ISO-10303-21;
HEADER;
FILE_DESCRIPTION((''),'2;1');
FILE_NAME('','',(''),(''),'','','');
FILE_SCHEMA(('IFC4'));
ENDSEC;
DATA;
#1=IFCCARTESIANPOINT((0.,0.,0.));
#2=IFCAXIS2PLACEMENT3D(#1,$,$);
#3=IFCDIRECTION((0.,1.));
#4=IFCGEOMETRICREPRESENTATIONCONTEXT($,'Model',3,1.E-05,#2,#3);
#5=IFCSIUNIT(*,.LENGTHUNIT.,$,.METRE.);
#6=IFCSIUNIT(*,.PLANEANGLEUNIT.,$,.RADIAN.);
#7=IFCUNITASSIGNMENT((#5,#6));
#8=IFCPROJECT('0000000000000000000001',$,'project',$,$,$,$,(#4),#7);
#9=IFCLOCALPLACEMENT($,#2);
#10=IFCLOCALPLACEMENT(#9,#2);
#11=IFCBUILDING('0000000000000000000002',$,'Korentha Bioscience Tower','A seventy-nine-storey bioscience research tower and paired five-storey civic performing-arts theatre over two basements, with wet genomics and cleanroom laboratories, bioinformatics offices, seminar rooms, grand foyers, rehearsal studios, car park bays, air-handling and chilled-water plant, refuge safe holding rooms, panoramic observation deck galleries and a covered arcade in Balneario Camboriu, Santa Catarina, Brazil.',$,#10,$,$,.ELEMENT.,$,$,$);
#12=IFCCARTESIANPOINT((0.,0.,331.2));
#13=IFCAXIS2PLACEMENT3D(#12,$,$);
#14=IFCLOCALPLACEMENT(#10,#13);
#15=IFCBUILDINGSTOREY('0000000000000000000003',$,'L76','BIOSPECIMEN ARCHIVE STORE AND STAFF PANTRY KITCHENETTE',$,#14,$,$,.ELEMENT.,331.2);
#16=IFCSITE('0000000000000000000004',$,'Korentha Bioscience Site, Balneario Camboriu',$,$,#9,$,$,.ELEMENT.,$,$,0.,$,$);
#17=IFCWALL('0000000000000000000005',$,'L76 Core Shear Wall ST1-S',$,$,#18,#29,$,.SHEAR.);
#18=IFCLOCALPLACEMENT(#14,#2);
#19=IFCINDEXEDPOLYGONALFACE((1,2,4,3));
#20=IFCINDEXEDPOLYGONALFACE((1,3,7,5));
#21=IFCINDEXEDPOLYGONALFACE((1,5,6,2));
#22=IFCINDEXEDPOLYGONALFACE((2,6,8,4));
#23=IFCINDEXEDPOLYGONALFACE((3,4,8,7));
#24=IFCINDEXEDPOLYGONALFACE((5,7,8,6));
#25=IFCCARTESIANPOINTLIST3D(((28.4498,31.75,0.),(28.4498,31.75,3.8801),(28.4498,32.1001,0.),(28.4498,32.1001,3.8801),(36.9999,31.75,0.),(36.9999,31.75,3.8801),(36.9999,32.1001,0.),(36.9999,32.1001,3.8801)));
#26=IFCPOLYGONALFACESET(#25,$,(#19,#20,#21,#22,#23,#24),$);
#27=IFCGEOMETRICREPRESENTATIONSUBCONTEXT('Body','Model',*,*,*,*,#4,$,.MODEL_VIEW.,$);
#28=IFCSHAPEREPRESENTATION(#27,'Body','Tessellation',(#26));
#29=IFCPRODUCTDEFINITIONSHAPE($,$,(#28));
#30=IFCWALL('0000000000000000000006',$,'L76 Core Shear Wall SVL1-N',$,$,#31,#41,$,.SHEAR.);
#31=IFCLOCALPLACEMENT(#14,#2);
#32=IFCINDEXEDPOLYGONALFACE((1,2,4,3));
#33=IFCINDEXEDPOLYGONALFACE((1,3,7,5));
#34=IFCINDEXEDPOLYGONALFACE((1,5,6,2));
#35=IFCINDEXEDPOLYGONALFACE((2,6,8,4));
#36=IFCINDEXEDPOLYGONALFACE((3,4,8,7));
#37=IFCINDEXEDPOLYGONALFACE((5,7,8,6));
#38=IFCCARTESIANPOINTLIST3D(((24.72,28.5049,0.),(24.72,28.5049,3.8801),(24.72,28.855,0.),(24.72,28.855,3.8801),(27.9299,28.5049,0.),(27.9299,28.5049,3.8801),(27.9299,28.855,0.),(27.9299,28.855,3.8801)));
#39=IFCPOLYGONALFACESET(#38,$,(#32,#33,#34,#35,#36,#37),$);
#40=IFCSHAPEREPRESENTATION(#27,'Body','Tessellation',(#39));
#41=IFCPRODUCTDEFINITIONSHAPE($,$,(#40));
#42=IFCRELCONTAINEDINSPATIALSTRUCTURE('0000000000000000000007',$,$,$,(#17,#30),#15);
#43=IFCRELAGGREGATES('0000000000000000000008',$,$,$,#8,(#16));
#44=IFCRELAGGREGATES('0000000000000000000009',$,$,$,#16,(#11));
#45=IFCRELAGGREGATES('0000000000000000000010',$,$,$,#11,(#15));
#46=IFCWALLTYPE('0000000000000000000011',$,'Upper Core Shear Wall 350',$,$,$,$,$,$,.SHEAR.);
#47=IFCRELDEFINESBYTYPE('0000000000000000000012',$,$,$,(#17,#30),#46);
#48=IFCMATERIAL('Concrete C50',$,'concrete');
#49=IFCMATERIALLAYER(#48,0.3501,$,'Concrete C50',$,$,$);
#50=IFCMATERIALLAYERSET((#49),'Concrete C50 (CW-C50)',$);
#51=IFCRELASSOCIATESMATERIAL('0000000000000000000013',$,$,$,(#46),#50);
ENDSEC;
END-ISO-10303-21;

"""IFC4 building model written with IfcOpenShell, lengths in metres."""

from ifc_helpers import new_model, si_unit, direction, frame, frame_2d, origin, place, context, subcontext, project, spatial, rectangle, extrude, material, layer, layer_set, type_object, element, save


model = new_model("IFC4")

# Units and contexts
model_context = context("Model", 3, precision=1e-05, world=origin(), true_north=direction((0.0, 1.0)))
body_context = subcontext(model_context, "Body", "Model", "MODEL_VIEW")
ifc_project = project(units=[si_unit("LENGTHUNIT", "METRE"), si_unit("PLANEANGLEUNIT", "RADIAN")], contexts=[model_context])

# Site, building, storey
site_placement = place(None, origin())
site = spatial("IfcSite", under=ifc_project, at=site_placement, Name="Korentha Bioscience Site, Balneario Camboriu", CompositionType="ELEMENT", RefElevation=0.0)
building_placement = place(site_placement, origin())
building = spatial("IfcBuilding", under=site, at=building_placement, Name="Korentha Bioscience Tower", Description="A seventy-nine-storey bioscience research tower and paired five-storey civic performing-arts theatre over two basements, with wet genomics and cleanroom laboratories, bioinformatics offices, seminar rooms, grand foyers, rehearsal studios, car park bays, air-handling and chilled-water plant, refuge safe holding rooms, panoramic observation deck galleries and a covered arcade in Balneario Camboriu, Santa Catarina, Brazil.", CompositionType="ELEMENT")
storey_placement = place(building_placement, frame((0.0, 0.0, 331.2)))
storey = spatial("IfcBuildingStorey", under=building, at=storey_placement, Name="L76", Description="BIOSPECIMEN ARCHIVE STORE AND STAFF PANTRY KITCHENETTE", CompositionType="ELEMENT", Elevation=331.2)

# Wall
ifc_material_1 = material(Name="Concrete C50", Category="concrete")
ifc_layer_1 = layer(ifc_material_1, 0.3501, Name="Concrete C50")
ifc_layer_set_1 = layer_set([ifc_layer_1], Name="Concrete C50 (CW-C50)")
wall_type_1 = type_object("IfcWallType", Name="Upper Core Shear Wall 350", PredefinedType="SHEAR", material=ifc_layer_set_1)
wall_1_placement = place(storey_placement, frame((28.45, 31.925, 0.0), z_axis=(0.0, 0.0, 1.0), x_axis=(1.0, 0.0, 0.0)))
element("IfcWall", 1, at=wall_1_placement, inside=storey, type_object=wall_type_1, Name="L76 Core Shear Wall ST1-S", PredefinedType="SHEAR", context=body_context, shape_type="SweptSolid", body=[
    extrude(rectangle(XDim=8.55, YDim=0.3501, at=frame_2d((4.2749, 0.0))), origin(), (0.0, 0.0, 1.0), 3.8801),
])

# Wall
wall_2_placement = place(storey_placement, frame((24.72, 28.6799, 0.0), z_axis=(0.0, 0.0, 1.0), x_axis=(1.0, 0.0, 0.0)))
element("IfcWall", 2, at=wall_2_placement, inside=storey, type_object=wall_type_1, Name="L76 Core Shear Wall SVL1-N", PredefinedType="SHEAR", context=body_context, shape_type="SweptSolid", body=[
    extrude(rectangle(XDim=3.21, YDim=0.3501, at=frame_2d((1.605, 0.0))), origin(), (0.0, 0.0, 1.0), 3.8801),
])

save(model, "model.ifc")
